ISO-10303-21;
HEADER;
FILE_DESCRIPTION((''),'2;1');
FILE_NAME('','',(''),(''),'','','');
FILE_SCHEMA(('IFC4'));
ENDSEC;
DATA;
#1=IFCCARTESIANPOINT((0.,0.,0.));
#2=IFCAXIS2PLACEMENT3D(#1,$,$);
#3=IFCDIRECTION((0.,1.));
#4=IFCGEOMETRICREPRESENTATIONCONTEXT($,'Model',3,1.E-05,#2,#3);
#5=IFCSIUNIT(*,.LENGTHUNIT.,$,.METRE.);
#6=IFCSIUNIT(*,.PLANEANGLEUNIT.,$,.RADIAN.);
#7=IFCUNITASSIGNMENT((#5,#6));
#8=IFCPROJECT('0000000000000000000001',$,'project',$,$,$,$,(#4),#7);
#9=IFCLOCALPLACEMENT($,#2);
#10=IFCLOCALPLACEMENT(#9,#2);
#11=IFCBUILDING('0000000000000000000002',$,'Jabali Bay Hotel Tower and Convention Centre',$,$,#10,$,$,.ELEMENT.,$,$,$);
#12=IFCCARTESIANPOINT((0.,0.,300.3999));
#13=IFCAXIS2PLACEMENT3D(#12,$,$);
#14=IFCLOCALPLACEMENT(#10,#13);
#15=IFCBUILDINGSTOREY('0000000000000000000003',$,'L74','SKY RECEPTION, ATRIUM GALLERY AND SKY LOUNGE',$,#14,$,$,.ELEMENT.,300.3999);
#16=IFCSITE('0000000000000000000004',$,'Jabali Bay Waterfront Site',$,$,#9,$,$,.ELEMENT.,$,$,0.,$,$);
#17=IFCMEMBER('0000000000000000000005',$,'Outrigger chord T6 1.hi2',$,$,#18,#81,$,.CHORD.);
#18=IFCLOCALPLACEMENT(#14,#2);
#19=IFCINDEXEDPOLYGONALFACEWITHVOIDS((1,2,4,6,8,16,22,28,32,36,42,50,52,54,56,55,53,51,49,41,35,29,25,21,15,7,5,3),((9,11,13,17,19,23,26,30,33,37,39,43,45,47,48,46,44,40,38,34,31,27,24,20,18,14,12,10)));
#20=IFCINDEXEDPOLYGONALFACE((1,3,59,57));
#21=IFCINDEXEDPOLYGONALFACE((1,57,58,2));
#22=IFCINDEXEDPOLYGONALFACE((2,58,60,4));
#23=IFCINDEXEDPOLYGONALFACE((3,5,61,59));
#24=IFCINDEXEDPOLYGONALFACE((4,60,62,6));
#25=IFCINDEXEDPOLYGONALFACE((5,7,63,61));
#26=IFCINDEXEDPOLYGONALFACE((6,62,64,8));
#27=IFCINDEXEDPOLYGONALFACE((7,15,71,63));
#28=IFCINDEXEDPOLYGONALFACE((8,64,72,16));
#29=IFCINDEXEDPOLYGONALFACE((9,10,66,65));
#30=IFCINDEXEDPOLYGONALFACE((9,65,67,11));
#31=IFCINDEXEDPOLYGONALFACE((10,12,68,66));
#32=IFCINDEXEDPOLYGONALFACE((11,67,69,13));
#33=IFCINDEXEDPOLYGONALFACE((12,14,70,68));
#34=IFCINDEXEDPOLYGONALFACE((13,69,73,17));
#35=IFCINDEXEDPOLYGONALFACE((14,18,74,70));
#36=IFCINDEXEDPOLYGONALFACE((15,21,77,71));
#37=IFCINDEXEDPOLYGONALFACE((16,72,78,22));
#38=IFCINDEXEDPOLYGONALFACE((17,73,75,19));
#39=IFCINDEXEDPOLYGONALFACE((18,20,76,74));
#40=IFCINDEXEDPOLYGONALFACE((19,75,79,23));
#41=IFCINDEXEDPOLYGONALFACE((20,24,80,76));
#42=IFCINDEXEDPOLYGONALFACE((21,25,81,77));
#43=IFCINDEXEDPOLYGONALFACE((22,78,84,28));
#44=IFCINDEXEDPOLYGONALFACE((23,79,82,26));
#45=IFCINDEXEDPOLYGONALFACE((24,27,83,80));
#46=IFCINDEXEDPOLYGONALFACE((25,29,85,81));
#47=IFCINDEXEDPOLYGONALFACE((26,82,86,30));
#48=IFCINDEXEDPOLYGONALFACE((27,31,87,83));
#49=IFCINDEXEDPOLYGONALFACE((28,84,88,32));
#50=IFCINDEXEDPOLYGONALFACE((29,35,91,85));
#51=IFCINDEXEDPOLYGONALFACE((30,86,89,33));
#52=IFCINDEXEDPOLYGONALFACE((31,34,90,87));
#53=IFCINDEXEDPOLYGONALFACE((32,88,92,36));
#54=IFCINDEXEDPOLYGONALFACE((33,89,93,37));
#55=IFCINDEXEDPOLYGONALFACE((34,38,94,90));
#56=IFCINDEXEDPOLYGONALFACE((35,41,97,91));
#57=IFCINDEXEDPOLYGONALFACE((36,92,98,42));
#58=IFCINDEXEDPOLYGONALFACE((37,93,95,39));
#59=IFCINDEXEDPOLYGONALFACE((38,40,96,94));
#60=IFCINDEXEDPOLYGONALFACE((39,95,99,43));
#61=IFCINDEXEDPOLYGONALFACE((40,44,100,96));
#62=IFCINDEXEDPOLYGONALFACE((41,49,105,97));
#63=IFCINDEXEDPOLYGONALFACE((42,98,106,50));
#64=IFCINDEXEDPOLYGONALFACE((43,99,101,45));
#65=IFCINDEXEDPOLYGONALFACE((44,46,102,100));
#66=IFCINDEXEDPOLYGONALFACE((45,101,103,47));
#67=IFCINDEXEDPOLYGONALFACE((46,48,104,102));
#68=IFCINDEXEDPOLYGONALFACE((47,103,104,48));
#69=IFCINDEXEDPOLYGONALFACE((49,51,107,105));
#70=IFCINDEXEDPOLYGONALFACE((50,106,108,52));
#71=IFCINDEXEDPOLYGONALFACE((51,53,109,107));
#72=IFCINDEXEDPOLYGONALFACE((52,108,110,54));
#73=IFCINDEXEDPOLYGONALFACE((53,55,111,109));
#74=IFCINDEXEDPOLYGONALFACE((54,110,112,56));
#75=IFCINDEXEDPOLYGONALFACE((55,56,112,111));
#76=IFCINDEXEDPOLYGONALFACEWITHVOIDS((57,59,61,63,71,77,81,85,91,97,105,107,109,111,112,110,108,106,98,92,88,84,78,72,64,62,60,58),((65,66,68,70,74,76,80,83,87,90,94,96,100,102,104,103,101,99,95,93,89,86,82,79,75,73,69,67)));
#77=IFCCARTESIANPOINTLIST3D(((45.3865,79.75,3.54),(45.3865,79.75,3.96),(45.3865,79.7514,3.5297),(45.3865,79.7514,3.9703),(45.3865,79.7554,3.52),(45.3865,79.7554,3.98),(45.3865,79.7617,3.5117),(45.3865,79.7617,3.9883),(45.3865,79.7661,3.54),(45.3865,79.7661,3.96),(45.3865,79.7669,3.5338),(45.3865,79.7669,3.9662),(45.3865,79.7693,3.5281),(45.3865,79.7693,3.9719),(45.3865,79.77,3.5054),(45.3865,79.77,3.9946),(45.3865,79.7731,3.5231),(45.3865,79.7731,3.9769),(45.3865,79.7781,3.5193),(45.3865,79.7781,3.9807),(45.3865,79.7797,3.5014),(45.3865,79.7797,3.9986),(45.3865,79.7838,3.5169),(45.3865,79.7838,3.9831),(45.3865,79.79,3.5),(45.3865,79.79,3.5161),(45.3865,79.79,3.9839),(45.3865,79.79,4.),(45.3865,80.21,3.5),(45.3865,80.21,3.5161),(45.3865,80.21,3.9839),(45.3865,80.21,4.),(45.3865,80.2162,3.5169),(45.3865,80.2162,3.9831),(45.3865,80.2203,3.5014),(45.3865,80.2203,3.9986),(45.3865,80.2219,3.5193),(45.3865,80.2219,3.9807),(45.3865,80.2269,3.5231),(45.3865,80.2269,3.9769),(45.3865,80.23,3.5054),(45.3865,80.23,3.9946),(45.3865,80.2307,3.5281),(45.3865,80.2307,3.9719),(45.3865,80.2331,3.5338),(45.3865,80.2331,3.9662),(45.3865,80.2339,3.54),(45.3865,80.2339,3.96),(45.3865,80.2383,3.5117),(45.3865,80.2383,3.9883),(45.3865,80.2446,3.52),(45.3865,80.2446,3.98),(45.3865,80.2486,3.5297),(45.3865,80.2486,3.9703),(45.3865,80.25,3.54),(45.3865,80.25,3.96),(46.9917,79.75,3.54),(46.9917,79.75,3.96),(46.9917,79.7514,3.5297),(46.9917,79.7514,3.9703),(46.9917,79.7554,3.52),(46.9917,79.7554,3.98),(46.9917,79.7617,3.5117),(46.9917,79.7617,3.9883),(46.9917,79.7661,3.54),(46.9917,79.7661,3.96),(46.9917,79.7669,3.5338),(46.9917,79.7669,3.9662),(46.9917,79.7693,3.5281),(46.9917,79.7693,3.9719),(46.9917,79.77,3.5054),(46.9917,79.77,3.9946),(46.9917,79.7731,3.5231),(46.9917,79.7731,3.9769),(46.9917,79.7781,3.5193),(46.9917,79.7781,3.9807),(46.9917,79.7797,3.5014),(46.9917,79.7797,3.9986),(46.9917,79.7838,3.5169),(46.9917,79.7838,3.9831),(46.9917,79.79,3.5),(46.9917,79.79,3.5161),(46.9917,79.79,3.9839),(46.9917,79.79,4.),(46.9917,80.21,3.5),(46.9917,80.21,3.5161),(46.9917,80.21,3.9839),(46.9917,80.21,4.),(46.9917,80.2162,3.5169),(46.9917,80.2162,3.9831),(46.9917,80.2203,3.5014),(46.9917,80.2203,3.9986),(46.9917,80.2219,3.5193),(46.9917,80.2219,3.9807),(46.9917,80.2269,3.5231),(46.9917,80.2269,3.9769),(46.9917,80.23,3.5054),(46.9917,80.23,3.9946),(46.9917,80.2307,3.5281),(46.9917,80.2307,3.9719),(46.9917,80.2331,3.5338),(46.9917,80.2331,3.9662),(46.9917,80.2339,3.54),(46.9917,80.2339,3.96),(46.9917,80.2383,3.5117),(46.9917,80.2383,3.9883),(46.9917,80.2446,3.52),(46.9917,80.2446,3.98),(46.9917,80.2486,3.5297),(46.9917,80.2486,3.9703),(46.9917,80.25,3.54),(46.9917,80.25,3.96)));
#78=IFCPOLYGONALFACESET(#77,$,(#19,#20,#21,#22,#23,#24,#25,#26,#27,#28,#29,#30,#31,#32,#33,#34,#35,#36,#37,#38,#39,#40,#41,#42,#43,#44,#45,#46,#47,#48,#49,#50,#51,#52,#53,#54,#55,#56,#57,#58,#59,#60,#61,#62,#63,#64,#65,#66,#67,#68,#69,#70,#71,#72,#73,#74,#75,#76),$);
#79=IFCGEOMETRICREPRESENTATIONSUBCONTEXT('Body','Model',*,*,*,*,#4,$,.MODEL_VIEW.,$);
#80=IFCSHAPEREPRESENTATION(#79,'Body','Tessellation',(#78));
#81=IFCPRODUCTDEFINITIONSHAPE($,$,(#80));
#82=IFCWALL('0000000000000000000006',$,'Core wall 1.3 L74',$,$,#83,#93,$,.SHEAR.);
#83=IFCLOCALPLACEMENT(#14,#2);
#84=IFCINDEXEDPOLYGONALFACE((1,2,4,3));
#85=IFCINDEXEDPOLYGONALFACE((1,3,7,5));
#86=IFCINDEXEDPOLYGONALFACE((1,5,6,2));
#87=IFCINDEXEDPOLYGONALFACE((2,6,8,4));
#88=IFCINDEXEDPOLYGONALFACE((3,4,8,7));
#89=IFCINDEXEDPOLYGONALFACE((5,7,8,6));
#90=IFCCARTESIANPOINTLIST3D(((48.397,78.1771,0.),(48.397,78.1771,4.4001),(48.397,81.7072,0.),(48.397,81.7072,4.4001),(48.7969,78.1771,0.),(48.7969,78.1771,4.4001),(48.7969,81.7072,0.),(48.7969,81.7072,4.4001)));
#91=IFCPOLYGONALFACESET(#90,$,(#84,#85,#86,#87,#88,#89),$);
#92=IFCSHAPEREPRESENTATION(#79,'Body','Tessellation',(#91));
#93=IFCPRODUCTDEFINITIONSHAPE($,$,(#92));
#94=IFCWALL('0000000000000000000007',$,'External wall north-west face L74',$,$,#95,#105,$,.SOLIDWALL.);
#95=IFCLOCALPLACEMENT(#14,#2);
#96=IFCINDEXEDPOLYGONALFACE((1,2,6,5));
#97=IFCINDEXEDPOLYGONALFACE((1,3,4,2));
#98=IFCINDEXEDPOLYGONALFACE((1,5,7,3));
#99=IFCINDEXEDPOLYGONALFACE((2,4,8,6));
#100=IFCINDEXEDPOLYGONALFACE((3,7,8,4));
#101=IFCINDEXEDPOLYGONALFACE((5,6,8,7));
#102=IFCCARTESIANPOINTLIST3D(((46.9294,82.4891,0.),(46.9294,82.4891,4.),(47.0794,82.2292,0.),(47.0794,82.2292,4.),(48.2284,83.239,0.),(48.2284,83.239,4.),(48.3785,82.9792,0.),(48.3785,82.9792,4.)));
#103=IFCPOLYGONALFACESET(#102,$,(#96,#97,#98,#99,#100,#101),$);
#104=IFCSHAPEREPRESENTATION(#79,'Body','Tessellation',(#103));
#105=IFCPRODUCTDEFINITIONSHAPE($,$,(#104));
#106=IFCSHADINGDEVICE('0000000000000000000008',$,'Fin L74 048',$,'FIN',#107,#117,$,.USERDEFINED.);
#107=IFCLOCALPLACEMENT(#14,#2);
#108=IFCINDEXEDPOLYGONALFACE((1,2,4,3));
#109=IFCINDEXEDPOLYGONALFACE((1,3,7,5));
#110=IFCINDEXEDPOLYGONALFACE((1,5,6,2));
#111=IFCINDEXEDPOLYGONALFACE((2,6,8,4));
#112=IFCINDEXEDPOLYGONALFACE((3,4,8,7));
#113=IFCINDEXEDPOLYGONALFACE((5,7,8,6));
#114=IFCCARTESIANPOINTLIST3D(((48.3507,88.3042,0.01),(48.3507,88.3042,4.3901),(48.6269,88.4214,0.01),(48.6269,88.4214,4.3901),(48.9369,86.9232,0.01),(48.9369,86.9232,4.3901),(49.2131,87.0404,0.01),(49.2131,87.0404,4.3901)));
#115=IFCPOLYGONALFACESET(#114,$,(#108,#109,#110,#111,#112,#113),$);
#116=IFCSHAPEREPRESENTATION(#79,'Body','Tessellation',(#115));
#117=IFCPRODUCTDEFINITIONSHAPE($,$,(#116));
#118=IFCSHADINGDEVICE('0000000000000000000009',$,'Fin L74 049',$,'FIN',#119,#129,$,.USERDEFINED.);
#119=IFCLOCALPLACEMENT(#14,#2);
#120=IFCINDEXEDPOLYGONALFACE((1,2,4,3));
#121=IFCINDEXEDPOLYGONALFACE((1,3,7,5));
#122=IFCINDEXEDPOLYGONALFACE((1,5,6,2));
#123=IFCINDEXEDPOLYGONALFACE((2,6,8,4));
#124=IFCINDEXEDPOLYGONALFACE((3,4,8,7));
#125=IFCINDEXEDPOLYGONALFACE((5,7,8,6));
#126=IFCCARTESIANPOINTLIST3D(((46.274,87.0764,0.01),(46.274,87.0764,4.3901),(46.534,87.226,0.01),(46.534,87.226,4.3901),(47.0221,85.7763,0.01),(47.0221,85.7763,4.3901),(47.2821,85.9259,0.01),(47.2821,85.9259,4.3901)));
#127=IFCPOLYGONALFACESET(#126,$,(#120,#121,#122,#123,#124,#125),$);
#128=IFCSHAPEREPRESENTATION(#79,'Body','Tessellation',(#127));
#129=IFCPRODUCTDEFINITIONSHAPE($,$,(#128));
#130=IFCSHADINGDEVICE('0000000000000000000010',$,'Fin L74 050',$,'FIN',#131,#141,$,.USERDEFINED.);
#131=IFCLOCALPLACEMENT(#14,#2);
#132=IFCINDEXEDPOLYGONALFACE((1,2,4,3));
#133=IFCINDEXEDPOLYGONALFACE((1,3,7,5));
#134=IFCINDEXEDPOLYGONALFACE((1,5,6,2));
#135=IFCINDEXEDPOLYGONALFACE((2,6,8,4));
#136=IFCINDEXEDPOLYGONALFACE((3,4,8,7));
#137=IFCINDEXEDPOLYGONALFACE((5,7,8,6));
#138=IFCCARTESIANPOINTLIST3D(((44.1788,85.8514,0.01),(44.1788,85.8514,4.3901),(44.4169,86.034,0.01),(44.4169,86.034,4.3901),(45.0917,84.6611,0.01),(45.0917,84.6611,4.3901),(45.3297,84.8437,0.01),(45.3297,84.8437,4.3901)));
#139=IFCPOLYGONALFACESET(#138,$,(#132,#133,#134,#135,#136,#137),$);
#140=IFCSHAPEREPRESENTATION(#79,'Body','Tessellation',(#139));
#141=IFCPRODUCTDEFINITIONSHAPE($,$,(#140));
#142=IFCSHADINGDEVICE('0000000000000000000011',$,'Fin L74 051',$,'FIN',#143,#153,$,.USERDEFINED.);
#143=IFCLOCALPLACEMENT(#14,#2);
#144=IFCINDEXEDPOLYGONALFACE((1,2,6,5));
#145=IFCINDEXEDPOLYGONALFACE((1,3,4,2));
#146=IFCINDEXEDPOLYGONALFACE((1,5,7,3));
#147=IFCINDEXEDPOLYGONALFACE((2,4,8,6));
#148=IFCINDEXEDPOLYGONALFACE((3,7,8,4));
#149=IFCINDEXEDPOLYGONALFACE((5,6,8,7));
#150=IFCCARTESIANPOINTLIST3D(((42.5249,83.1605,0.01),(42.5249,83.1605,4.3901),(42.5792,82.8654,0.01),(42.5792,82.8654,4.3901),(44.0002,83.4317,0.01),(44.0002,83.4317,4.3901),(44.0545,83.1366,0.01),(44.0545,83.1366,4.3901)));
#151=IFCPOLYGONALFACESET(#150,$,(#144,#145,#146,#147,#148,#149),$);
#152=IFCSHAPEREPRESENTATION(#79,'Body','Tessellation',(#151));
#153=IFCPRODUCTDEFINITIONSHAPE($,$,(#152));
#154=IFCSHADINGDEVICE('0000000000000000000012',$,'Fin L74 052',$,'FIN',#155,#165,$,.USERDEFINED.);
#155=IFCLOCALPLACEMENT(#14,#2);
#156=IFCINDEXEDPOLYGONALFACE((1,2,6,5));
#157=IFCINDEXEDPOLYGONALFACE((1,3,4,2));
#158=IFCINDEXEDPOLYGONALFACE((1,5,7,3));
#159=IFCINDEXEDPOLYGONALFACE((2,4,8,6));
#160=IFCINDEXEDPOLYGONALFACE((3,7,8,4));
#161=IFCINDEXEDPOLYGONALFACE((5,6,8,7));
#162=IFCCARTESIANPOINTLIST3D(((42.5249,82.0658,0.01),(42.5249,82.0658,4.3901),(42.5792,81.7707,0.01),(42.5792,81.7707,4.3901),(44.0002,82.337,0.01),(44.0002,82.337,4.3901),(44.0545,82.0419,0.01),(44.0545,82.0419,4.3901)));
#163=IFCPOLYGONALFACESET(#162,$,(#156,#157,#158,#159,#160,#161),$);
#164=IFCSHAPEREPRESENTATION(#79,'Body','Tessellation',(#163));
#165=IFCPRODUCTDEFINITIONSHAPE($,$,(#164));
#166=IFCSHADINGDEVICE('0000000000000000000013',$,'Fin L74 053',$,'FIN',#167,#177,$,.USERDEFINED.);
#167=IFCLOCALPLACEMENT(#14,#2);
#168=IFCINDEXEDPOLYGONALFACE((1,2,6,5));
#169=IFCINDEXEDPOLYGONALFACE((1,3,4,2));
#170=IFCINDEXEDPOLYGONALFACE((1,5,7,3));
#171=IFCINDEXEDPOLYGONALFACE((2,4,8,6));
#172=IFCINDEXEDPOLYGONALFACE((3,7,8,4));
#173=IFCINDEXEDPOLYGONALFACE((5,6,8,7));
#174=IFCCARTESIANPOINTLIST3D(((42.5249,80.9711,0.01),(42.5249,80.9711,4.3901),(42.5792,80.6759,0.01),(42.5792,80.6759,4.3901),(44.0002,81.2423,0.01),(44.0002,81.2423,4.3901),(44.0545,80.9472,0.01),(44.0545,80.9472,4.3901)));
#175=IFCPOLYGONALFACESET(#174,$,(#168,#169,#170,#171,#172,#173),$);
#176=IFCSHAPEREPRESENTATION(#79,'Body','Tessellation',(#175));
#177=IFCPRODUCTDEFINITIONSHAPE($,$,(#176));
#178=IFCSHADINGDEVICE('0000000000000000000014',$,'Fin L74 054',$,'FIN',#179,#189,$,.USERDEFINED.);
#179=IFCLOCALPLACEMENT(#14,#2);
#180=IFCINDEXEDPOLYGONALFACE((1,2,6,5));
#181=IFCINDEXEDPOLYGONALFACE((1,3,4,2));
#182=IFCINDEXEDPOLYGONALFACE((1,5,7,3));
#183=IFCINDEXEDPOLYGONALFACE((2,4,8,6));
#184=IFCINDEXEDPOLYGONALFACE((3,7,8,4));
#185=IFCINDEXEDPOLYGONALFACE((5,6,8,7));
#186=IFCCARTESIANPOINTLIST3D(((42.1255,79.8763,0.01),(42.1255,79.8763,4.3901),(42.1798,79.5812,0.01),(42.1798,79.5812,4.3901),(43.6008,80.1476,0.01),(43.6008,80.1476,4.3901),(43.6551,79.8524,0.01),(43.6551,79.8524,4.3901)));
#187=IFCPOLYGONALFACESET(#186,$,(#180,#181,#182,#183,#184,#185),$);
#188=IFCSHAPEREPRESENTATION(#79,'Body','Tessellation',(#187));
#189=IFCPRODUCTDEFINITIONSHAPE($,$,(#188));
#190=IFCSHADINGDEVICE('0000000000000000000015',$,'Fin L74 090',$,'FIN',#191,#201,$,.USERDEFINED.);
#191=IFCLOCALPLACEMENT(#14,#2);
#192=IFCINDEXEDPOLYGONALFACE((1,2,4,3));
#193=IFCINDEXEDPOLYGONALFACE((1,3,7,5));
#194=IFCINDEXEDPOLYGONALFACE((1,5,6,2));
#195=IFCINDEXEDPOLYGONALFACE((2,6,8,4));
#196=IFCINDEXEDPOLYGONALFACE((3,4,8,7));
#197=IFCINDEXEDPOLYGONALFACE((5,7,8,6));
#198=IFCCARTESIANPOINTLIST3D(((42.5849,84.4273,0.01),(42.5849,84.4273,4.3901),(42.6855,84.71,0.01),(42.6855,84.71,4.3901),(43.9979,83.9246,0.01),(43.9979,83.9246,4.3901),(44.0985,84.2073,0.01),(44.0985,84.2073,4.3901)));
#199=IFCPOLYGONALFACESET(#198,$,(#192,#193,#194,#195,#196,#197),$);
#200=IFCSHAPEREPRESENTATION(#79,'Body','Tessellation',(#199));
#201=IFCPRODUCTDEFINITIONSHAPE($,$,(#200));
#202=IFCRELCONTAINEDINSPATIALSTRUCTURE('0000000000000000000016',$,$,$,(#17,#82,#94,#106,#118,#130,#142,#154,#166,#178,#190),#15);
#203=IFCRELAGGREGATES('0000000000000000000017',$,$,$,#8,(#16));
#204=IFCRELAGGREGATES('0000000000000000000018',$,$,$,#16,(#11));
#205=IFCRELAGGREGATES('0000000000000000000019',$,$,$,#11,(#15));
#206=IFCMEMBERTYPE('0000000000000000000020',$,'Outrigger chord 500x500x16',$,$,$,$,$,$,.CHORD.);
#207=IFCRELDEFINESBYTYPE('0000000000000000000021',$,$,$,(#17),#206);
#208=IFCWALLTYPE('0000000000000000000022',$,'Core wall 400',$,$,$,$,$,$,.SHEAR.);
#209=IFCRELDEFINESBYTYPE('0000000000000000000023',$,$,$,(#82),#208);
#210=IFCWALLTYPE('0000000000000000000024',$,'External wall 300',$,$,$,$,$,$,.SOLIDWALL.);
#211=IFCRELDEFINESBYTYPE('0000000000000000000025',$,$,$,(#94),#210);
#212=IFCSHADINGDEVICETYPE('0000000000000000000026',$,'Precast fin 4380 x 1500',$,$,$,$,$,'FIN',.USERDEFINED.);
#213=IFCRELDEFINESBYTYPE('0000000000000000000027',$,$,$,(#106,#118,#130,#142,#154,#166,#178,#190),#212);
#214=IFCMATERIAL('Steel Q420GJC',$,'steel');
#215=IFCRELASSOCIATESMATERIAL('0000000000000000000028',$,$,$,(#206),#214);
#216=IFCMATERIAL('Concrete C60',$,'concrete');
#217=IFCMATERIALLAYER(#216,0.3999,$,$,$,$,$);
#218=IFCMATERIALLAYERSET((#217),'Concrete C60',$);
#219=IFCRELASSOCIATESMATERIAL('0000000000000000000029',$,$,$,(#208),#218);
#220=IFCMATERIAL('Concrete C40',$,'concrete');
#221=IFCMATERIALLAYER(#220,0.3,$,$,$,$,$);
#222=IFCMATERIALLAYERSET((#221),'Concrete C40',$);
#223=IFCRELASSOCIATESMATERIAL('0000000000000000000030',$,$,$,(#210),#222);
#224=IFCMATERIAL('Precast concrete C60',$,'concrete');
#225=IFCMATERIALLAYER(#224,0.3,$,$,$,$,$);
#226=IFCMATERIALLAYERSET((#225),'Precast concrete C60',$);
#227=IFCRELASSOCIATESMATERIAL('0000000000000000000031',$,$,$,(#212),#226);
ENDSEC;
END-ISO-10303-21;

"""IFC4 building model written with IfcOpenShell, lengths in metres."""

from ifc_helpers import new_model, si_unit, direction, frame, frame_2d, origin, origin_2d, place, context, subcontext, project, spatial, rectangle, hollow_rectangle, extrude, material, layer, layer_set, material_profile, profile_set, type_object, element, save


model = new_model("IFC4")

# Units and contexts
model_context = context("Model", 3, precision=1e-05, world=origin(), true_north=direction((0.0, 1.0)))
body_context = subcontext(model_context, "Body", "Model", "MODEL_VIEW")
ifc_project = project(units=[si_unit("LENGTHUNIT", "METRE"), si_unit("PLANEANGLEUNIT", "RADIAN")], contexts=[model_context])

# Site, building, storey
site_placement = place(None, origin())
site = spatial("IfcSite", under=ifc_project, at=site_placement, Name="Jabali Bay Waterfront Site", CompositionType="ELEMENT", RefElevation=0.0)
building_placement = place(site_placement, origin())
building = spatial("IfcBuilding", under=site, at=building_placement, Name="Jabali Bay Hotel Tower and Convention Centre", CompositionType="ELEMENT")
storey_placement = place(building_placement, frame((0.0, 0.0, 300.3999)))
storey = spatial("IfcBuildingStorey", under=building, at=storey_placement, Name="L74", Description="SKY RECEPTION, ATRIUM GALLERY AND SKY LOUNGE", CompositionType="ELEMENT", Elevation=300.3999)

# Shared definitions
ifc_material_1 = material(Name="Concrete C60", Category="concrete")

# Shared definitions
ifc_material_2 = material(Name="Steel Q420GJC", Category="steel")

# Member
ifc_material_profile_1 = material_profile(ifc_material_2, hollow_rectangle(XDim=0.5, YDim=0.5, WallThickness=0.0161, InnerFilletRadius=0.0239, OuterFilletRadius=0.04, at=origin_2d()), Name="Outrigger chord 500x500x16")
ifc_profile_set_1 = profile_set([ifc_material_profile_1], Name="Steel Q420GJC")
member_type_1 = type_object("IfcMemberType", Name="Outrigger chord 500x500x16", PredefinedType="CHORD", material=ifc_profile_set_1)
member_1_placement = place(storey_placement, frame((46.9917, 80.0, 3.75), z_axis=(-1.0, 0.0, 0.0), x_axis=(0.0, -1.0, 0.0)))
element("IfcMember", 1, at=member_1_placement, inside=storey, type_object=member_type_1, Name="Outrigger chord T6 1.hi2", PredefinedType="CHORD", context=body_context, shape_type="SweptSolid", body=[
    extrude(hollow_rectangle(XDim=0.5, YDim=0.5, WallThickness=0.0161, InnerFilletRadius=0.0239, OuterFilletRadius=0.04, at=origin_2d()), origin(), (0.0, 0.0, 1.0), 1.6052),
])

# Walls
ifc_layer_1 = layer(ifc_material_1, 0.3999)
ifc_layer_set_1 = layer_set([ifc_layer_1], Name="Concrete C60")
wall_type_1 = type_object("IfcWallType", Name="Core wall 400", PredefinedType="SHEAR", material=ifc_layer_set_1)
wall_1_placement = place(storey_placement, frame((48.5969, 81.7073, 0.0), z_axis=(0.0, 0.0, 1.0), x_axis=(0.0, -1.0, 0.0)))
element("IfcWall", 2, at=wall_1_placement, inside=storey, type_object=wall_type_1, Name="Core wall 1.3 L74", PredefinedType="SHEAR", context=body_context, shape_type="SweptSolid", body=[
    extrude(rectangle(XDim=3.53, YDim=0.3999, at=frame_2d((1.7651, 0.0))), origin(), (0.0, 0.0, 1.0), 4.4001),
])
ifc_material_3 = material(Name="Concrete C40", Category="concrete")
ifc_layer_2 = layer(ifc_material_3, 0.3)
ifc_layer_set_2 = layer_set([ifc_layer_2], Name="Concrete C40")
wall_type_2 = type_object("IfcWallType", Name="External wall 300", PredefinedType="SOLIDWALL", material=ifc_layer_set_2)
wall_2_placement = place(storey_placement, frame((47.0044, 82.3591, 0.0), z_axis=(0.0, 0.0, 1.0), x_axis=(0.866031, 0.49999, 0.0)))
element("IfcWall", 3, at=wall_2_placement, inside=storey, type_object=wall_type_2, Name="External wall north-west face L74", PredefinedType="SOLIDWALL", context=body_context, shape_type="SweptSolid", body=[
    extrude(rectangle(XDim=1.5, YDim=0.3, at=frame_2d((0.75, 0.0))), origin(), (0.0, 0.0, 1.0), 4.0),
])

# Shading devices
ifc_material_4 = material(Name="Precast concrete C60", Category="concrete")
ifc_layer_3 = layer(ifc_material_4, 0.3)
ifc_layer_set_3 = layer_set([ifc_layer_3], Name="Precast concrete C60")
shading_device_type = type_object("IfcShadingDeviceType", Name="Precast fin 4380 x 1500", ElementType="FIN", PredefinedType="USERDEFINED", material=ifc_layer_set_3)
shading_device_1_placement = place(storey_placement, frame((49.075, 86.9819, 0.01), z_axis=(0.0, 0.0, 1.0), x_axis=(-0.390755, 0.920495, 0.0)))
element("IfcShadingDevice", 4, at=shading_device_1_placement, inside=storey, type_object=shading_device_type, Name="Fin L74 048", ObjectType="FIN", PredefinedType="USERDEFINED", context=body_context, shape_type="SweptSolid", body=[
    extrude(rectangle(XDim=1.5002, YDim=0.3, at=frame_2d((0.75, 0.0))), origin(), (0.0, 0.0, 1.0), 4.3801),
])
for number, where, z_axis, x_axis, name in (
    (5, (47.1521, 85.8511, 0.01), (0.0, 0.0, 1.0), (-0.498731, 0.866757, 0.0), "Fin L74 049"),
    (6, (45.2107, 84.7524, 0.01), (0.0, 0.0, 1.0), (-0.608585, 0.793488, 0.0), "Fin L74 050"),
    (7, (44.0273, 83.2842, 0.01), (0.0, 0.0, 1.0), (-0.983516, -0.180819, 0.0), "Fin L74 051"),
    (8, (44.0273, 82.1895, 0.01), (0.0, 0.0, 1.0), (-0.983516, -0.180819, 0.0), "Fin L74 052"),
    (9, (44.0273, 81.0947, 0.01), (0.0, 0.0, 1.0), (-0.983516, -0.180819, 0.0), "Fin L74 053"),
    (10, (43.6279, 80.0, 0.01), (0.0, 0.0, 1.0), (-0.983516, -0.180819, 0.0), "Fin L74 054"),
):
    element("IfcShadingDevice", number, at=place(storey_placement, frame(where, z_axis=z_axis, x_axis=x_axis)), inside=storey, type_object=shading_device_type, Name=name, ObjectType="FIN", PredefinedType="USERDEFINED", context=body_context, shape_type="SweptSolid", body=[
        extrude(rectangle(XDim=1.5, YDim=0.3, at=frame_2d((0.75, 0.0))), origin(), (0.0, 0.0, 1.0), 4.3801),
    ])
shading_device_2_placement = place(storey_placement, frame((44.0483, 84.0659, 0.01), z_axis=(0.0, 0.0, 1.0), x_axis=(-0.942161, 0.335161, 0.0)))
element("IfcShadingDevice", 11, at=shading_device_2_placement, inside=storey, type_object=shading_device_type, Name="Fin L74 090", ObjectType="FIN", PredefinedType="USERDEFINED", context=body_context, shape_type="SweptSolid", body=[
    extrude(rectangle(XDim=1.4998, YDim=0.3, at=frame_2d((0.75, 0.0))), origin(), (0.0, 0.0, 1.0), 4.3801),
])

save(model, "model.ifc")
